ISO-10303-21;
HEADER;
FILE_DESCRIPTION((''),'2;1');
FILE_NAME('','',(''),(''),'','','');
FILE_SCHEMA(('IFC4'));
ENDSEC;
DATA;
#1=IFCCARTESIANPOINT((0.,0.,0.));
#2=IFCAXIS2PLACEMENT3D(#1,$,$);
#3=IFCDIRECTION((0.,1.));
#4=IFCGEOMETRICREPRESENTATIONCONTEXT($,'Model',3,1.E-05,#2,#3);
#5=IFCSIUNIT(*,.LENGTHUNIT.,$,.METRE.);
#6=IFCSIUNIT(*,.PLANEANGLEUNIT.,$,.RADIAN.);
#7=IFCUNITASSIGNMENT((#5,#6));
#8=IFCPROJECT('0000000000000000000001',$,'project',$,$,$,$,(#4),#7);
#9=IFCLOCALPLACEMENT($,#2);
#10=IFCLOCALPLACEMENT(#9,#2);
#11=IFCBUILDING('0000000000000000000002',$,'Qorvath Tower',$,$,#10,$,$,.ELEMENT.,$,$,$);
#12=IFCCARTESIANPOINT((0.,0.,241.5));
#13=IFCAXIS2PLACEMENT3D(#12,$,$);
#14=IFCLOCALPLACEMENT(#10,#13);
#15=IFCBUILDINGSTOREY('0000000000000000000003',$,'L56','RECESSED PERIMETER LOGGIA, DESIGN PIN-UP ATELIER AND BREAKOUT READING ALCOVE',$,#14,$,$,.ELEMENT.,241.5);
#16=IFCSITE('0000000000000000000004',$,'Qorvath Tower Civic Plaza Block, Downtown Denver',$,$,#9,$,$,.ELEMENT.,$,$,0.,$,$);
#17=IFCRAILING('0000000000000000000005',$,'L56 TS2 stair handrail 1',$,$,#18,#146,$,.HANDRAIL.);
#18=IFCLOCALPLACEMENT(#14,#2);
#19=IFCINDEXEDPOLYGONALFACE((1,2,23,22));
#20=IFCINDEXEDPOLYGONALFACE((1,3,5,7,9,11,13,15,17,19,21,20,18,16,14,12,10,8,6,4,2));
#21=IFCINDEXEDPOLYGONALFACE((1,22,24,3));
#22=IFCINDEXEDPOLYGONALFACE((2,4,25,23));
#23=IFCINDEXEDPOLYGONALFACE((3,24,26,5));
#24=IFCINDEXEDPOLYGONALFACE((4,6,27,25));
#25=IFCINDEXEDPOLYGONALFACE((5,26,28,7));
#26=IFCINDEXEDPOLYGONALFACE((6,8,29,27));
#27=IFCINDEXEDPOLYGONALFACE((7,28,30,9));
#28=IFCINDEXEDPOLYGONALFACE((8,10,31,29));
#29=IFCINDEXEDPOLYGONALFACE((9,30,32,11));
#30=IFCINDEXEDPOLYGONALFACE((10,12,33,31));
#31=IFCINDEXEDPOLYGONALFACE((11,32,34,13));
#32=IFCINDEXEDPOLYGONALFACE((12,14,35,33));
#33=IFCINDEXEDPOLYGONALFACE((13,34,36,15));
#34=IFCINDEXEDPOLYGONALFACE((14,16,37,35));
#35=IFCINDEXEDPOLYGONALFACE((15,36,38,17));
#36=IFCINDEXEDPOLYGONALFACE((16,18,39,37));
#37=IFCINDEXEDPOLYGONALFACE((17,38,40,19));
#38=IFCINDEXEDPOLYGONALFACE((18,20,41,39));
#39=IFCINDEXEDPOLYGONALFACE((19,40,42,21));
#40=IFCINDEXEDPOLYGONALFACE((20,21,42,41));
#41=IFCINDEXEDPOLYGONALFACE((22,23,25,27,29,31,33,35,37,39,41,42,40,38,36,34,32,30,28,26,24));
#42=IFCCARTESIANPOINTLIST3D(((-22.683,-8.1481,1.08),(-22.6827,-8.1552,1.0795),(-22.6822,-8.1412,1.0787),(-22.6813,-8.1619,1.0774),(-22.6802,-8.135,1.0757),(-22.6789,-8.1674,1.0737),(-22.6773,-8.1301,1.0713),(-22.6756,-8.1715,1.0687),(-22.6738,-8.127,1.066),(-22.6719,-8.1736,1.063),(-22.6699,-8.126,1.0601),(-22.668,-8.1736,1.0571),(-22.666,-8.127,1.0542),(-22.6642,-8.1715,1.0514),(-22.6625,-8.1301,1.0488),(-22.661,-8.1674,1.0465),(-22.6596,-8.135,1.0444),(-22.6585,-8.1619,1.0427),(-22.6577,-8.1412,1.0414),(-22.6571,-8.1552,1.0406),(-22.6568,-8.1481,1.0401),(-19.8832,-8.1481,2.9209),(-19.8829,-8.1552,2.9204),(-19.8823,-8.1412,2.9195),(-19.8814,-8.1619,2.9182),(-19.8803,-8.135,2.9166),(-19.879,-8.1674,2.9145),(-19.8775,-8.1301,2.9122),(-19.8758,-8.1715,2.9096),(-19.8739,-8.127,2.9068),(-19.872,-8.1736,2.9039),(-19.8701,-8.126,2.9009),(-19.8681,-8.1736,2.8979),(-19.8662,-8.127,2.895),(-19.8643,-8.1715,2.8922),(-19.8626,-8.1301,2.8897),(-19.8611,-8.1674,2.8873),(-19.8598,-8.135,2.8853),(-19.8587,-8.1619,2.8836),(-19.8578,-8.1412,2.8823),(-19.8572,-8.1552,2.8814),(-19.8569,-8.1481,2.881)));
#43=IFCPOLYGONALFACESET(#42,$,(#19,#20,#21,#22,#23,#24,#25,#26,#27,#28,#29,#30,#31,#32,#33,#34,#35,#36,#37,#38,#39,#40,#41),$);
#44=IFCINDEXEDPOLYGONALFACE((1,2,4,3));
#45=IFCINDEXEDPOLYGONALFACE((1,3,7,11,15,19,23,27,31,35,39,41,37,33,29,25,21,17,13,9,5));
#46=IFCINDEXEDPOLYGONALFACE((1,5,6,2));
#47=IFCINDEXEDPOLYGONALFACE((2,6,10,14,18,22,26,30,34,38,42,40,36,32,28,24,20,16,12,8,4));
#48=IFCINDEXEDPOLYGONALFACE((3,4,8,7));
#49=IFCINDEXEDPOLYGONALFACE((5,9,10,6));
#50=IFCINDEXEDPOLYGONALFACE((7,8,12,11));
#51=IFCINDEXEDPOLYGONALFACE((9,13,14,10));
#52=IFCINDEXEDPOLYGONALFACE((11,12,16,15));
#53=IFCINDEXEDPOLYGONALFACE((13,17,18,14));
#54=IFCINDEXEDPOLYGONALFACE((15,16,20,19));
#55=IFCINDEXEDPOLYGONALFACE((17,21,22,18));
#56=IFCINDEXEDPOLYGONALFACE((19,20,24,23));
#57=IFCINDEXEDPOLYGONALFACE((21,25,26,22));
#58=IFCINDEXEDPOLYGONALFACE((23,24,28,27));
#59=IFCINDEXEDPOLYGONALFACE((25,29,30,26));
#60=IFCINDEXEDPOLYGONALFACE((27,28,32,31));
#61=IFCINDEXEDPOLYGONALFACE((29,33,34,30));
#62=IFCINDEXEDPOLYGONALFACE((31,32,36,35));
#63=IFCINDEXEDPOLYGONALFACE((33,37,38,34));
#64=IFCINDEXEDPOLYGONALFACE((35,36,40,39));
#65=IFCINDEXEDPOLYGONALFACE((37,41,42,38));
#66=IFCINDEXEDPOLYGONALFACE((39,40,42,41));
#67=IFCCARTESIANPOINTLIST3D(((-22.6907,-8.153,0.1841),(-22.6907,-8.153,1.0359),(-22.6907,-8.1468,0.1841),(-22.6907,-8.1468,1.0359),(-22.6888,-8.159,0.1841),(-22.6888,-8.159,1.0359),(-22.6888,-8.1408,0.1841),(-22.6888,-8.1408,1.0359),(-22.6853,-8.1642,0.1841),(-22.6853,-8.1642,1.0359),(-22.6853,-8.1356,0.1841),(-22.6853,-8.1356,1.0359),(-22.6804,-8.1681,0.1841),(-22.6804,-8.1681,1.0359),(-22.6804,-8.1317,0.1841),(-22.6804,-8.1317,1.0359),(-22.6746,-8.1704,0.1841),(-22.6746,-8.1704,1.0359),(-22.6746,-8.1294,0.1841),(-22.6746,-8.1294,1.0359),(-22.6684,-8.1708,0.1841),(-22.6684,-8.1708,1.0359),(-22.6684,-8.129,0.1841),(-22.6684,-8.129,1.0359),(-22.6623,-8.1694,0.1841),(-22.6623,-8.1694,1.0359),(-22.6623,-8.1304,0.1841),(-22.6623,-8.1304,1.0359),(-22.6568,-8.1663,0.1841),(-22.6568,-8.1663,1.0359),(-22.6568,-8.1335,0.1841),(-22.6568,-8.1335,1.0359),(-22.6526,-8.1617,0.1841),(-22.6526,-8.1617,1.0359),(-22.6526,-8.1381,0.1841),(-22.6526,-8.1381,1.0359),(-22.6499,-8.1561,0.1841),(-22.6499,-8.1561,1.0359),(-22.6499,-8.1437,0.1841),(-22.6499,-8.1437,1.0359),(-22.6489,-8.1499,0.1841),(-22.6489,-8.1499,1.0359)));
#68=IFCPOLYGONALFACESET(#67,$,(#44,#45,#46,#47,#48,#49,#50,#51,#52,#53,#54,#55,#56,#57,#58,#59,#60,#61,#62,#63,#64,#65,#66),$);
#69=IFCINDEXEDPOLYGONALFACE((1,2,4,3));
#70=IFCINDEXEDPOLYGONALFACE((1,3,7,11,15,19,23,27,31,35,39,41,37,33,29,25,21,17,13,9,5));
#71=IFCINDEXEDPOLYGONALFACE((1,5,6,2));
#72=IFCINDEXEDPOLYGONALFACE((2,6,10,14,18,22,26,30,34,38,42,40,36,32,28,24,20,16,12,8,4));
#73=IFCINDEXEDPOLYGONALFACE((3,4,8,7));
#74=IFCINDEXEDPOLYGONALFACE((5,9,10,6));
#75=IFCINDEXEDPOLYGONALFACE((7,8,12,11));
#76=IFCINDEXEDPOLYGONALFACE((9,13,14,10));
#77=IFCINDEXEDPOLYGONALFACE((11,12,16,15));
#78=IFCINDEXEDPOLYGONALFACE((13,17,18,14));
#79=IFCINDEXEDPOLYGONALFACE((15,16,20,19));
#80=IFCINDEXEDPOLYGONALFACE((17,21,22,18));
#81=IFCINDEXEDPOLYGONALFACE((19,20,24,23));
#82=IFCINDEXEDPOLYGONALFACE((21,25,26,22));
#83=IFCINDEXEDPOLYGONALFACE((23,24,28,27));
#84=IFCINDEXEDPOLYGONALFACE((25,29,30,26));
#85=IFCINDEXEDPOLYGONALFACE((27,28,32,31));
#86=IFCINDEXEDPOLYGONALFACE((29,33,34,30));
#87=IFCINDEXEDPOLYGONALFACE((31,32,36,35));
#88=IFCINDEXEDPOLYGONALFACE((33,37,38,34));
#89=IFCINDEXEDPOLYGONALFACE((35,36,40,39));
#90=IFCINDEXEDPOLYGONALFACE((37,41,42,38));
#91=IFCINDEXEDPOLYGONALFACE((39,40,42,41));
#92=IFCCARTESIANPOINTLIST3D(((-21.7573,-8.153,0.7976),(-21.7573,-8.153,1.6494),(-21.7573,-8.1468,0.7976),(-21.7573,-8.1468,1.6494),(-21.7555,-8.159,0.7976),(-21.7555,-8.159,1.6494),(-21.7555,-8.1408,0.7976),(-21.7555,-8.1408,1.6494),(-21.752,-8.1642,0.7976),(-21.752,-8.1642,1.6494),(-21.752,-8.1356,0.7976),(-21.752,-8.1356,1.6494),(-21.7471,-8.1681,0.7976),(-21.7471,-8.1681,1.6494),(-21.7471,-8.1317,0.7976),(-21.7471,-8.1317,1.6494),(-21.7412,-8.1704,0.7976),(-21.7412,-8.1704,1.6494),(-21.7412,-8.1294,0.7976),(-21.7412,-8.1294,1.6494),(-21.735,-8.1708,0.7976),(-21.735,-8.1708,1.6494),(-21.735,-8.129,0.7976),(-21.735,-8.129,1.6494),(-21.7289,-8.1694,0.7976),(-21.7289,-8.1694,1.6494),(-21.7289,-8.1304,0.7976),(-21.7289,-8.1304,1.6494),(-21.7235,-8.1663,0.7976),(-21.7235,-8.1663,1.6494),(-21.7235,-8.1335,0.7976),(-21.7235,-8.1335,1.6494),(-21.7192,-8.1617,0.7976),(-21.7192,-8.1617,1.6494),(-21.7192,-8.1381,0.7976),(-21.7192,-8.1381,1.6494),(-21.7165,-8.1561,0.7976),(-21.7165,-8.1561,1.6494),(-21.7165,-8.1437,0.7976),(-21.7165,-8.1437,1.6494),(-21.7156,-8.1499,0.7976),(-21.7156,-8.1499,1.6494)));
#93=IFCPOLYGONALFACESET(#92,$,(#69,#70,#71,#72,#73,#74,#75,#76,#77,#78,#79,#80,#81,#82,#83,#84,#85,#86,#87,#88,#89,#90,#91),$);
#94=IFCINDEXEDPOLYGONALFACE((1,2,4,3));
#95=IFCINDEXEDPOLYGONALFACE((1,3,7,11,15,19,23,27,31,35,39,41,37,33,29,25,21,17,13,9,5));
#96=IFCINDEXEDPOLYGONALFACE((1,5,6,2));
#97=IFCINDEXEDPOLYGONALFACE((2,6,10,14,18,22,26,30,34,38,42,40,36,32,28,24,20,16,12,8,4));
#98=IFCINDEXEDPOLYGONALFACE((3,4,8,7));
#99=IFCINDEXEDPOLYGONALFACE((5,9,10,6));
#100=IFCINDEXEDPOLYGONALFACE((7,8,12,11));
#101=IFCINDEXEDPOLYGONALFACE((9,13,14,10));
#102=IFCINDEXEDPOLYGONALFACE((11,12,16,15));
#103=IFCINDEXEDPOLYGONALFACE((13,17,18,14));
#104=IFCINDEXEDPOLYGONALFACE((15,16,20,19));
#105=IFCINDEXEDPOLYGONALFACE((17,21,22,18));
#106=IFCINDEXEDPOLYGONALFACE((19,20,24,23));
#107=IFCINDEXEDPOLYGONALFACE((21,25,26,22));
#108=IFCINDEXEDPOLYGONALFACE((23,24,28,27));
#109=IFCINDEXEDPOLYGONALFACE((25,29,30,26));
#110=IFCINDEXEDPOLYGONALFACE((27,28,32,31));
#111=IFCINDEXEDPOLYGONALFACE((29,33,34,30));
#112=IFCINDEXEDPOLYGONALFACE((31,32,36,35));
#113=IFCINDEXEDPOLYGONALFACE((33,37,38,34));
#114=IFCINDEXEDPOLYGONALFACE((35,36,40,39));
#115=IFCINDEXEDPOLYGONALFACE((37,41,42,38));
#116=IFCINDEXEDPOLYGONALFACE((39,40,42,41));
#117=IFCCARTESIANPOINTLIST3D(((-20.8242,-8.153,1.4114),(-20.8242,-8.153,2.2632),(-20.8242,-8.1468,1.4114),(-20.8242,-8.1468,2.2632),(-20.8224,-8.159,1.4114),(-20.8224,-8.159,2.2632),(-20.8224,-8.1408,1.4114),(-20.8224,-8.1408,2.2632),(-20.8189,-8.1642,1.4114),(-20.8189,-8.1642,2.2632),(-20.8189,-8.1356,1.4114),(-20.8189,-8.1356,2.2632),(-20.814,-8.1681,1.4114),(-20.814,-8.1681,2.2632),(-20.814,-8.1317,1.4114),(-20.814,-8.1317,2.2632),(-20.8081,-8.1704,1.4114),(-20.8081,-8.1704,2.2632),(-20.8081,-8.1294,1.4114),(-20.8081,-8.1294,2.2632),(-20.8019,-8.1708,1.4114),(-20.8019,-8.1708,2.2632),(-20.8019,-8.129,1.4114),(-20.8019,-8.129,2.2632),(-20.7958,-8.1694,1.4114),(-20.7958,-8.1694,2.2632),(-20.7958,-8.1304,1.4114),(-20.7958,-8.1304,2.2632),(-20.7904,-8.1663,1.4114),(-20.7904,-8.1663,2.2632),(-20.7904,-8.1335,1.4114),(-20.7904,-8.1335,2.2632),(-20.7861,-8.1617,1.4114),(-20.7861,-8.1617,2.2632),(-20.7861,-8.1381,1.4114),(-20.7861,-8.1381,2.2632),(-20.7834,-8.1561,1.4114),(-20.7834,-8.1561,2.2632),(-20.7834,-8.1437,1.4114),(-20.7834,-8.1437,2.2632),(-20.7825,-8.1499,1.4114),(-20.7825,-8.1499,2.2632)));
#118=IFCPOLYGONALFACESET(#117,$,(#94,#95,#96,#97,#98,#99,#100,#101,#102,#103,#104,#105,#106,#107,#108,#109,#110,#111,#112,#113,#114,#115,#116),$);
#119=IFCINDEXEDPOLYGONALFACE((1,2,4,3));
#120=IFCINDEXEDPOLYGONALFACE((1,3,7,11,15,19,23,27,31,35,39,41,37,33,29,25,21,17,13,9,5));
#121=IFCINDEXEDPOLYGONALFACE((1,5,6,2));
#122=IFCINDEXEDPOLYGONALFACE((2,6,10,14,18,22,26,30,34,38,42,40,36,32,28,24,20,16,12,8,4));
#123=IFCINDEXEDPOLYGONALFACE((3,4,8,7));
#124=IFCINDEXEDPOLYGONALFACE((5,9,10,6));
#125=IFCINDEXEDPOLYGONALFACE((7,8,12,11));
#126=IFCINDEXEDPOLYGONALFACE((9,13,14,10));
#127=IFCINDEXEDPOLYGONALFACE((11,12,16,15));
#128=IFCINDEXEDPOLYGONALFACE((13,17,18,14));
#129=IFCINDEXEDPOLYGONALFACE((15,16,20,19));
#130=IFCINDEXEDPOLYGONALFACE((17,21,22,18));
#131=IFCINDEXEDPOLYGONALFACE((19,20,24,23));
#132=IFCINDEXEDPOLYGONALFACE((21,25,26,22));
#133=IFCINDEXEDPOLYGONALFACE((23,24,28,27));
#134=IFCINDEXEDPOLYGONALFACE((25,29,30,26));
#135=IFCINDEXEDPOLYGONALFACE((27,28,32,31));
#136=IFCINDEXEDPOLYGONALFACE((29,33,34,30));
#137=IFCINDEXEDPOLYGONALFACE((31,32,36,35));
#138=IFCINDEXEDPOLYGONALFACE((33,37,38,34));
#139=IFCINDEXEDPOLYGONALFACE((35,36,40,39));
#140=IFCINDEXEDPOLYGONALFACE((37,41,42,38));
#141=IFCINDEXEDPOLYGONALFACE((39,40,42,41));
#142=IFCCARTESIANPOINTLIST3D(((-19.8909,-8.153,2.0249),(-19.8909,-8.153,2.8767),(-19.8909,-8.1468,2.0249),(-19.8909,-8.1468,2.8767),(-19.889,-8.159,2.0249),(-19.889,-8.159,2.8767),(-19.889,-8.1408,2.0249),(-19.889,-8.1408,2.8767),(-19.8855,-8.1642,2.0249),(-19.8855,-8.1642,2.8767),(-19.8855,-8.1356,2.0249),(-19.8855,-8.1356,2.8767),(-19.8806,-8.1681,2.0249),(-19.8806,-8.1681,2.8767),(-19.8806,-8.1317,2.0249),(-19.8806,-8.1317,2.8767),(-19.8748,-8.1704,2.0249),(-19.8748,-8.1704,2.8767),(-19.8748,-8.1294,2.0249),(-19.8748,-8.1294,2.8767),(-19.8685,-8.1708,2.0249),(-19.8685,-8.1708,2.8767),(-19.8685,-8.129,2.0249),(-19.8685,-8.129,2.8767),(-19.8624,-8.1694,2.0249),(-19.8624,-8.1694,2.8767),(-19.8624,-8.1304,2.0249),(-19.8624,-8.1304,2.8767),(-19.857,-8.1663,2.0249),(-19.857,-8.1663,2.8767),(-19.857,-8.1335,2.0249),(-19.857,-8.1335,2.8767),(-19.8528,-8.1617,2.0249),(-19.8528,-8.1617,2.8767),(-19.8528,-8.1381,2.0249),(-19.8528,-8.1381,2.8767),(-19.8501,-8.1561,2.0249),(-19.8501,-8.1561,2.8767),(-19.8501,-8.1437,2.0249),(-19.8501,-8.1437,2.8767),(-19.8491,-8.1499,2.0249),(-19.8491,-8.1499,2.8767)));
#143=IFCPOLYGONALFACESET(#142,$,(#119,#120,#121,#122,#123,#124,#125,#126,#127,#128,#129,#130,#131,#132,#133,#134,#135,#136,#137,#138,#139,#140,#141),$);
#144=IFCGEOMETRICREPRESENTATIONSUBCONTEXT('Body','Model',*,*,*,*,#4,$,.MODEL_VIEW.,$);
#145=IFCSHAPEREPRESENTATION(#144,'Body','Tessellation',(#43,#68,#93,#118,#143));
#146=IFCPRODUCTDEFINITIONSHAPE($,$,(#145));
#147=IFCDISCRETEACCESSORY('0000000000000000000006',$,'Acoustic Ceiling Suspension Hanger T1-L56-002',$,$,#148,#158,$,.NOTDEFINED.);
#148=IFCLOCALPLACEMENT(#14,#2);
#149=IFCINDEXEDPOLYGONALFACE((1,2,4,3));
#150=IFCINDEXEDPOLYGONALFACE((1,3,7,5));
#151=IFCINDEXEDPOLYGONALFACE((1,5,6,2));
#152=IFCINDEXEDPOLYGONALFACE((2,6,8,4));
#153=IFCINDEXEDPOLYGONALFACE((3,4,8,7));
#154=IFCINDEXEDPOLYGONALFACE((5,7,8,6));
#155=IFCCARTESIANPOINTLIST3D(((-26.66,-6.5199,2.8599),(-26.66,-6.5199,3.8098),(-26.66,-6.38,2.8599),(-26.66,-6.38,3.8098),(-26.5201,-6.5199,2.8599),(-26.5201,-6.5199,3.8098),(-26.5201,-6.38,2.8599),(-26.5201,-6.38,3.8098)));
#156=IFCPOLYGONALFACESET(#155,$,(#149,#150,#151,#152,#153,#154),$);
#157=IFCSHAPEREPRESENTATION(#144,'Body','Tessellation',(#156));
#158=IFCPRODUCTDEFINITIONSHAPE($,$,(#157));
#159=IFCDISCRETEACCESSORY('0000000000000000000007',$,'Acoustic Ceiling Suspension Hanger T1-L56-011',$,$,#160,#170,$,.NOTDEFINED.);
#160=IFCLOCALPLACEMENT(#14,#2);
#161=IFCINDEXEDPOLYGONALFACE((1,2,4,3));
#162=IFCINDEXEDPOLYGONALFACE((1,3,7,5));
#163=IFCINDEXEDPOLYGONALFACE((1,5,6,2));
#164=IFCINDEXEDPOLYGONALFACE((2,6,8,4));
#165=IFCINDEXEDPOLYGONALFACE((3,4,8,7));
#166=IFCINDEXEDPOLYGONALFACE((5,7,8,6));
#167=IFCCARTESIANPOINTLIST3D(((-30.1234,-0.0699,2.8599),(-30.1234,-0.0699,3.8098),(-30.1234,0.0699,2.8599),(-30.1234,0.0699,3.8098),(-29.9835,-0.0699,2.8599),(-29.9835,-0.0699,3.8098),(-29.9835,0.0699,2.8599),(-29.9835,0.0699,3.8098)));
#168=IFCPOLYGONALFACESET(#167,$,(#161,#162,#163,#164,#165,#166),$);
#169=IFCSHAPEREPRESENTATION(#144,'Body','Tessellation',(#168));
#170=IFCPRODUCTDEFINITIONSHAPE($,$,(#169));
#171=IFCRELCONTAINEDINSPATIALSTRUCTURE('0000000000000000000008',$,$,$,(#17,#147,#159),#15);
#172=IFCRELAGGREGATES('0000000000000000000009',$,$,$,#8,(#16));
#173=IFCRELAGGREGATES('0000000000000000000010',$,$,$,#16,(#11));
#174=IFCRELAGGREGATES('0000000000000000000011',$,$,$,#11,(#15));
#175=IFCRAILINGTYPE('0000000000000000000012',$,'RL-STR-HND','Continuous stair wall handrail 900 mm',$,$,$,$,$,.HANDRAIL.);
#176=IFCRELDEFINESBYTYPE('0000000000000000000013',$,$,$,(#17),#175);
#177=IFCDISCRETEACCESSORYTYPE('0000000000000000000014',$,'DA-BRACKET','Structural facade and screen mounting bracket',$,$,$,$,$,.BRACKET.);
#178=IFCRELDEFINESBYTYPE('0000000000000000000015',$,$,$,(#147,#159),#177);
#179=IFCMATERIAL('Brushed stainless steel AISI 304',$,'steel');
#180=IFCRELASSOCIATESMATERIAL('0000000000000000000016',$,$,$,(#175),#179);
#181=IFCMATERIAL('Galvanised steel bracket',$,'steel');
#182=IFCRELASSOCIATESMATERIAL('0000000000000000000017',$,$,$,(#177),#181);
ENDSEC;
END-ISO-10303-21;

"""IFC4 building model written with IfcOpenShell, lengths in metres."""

from ifc_helpers import new_model, si_unit, direction, frame, origin, origin_2d, place, context, subcontext, project, spatial, rectangle, circle, extrude, material, type_object, element, save


model = new_model("IFC4")

# Units and contexts
model_context = context("Model", 3, precision=1e-05, world=origin(), true_north=direction((0.0, 1.0)))
body_context = subcontext(model_context, "Body", "Model", "MODEL_VIEW")
ifc_project = project(units=[si_unit("LENGTHUNIT", "METRE"), si_unit("PLANEANGLEUNIT", "RADIAN")], contexts=[model_context])

# Site, building, storey
site_placement = place(None, origin())
site = spatial("IfcSite", under=ifc_project, at=site_placement, Name="Qorvath Tower Civic Plaza Block, Downtown Denver", CompositionType="ELEMENT", RefElevation=0.0)
building_placement = place(site_placement, origin())
building = spatial("IfcBuilding", under=site, at=building_placement, Name="Qorvath Tower", CompositionType="ELEMENT")
storey_placement = place(building_placement, frame((0.0, 0.0, 241.5)))
storey = spatial("IfcBuildingStorey", under=building, at=storey_placement, Name="L56", Description="RECESSED PERIMETER LOGGIA, DESIGN PIN-UP ATELIER AND BREAKOUT READING ALCOVE", CompositionType="ELEMENT", Elevation=241.5)

# Railing
ifc_material_1 = material(Name="Brushed stainless steel AISI 304", Category="steel")
railing_type_1 = type_object("IfcRailingType", Name="RL-STR-HND", Description="Continuous stair wall handrail 900 mm", PredefinedType="HANDRAIL", material=ifc_material_1)
railing_1_placement = place(storey_placement, frame((-22.6699, -8.1499, 0.1841)))
element("IfcRailing", 1, at=railing_1_placement, inside=storey, type_object=railing_type_1, Name="L56 TS2 stair handrail 1", PredefinedType="HANDRAIL", context=body_context, shape_type="SweptSolid", body=[
    extrude(circle(Radius=0.0239, at=origin_2d()), frame((0.0, 0.0, 0.876), z_axis=(0.835576, 0.0, 0.549376), x_axis=(0.0, 1.0, 0.0)), (0.0, 0.0, 1.0), 3.3508),
    extrude(circle(Radius=0.021, at=origin_2d()), origin(), (0.0, 0.0, 1.0), 0.8518),
    extrude(circle(Radius=0.021, at=origin_2d()), frame((0.9333, 0.0, 0.6135)), (0.0, 0.0, 1.0), 0.8518),
    extrude(circle(Radius=0.021, at=origin_2d()), frame((1.8665, 0.0, 1.2273)), (0.0, 0.0, 1.0), 0.8518),
    extrude(circle(Radius=0.021, at=origin_2d()), frame((2.7998, 0.0, 1.8408)), (0.0, 0.0, 1.0), 0.8518),
])

# Discrete accessories
ifc_material_2 = material(Name="Galvanised steel bracket", Category="steel")
discrete_accessory_type = type_object("IfcDiscreteAccessoryType", Name="DA-BRACKET", Description="Structural facade and screen mounting bracket", PredefinedType="BRACKET", material=ifc_material_2)
for number, where, z_axis, x_axis, name in (
    (2, (-26.5901, -6.45, 2.8599), (0.0, 0.0, 1.0), (1.0, 0.0, 0.0), "Acoustic Ceiling Suspension Hanger T1-L56-002"),
    (3, (-30.0535, 0.0, 2.8599), (0.0, 0.0, 1.0), (1.0, 0.0, 0.0), "Acoustic Ceiling Suspension Hanger T1-L56-011"),
):
    element("IfcDiscreteAccessory", number, at=place(storey_placement, frame(where, z_axis=z_axis, x_axis=x_axis)), inside=storey, type_object=discrete_accessory_type, Name=name, PredefinedType="NOTDEFINED", context=body_context, shape_type="SweptSolid", body=[
        extrude(rectangle(XDim=0.1399, YDim=0.1399, at=origin_2d()), origin(), (0.0, 0.0, 1.0), 0.95),
    ])

save(model, "model.ifc")
